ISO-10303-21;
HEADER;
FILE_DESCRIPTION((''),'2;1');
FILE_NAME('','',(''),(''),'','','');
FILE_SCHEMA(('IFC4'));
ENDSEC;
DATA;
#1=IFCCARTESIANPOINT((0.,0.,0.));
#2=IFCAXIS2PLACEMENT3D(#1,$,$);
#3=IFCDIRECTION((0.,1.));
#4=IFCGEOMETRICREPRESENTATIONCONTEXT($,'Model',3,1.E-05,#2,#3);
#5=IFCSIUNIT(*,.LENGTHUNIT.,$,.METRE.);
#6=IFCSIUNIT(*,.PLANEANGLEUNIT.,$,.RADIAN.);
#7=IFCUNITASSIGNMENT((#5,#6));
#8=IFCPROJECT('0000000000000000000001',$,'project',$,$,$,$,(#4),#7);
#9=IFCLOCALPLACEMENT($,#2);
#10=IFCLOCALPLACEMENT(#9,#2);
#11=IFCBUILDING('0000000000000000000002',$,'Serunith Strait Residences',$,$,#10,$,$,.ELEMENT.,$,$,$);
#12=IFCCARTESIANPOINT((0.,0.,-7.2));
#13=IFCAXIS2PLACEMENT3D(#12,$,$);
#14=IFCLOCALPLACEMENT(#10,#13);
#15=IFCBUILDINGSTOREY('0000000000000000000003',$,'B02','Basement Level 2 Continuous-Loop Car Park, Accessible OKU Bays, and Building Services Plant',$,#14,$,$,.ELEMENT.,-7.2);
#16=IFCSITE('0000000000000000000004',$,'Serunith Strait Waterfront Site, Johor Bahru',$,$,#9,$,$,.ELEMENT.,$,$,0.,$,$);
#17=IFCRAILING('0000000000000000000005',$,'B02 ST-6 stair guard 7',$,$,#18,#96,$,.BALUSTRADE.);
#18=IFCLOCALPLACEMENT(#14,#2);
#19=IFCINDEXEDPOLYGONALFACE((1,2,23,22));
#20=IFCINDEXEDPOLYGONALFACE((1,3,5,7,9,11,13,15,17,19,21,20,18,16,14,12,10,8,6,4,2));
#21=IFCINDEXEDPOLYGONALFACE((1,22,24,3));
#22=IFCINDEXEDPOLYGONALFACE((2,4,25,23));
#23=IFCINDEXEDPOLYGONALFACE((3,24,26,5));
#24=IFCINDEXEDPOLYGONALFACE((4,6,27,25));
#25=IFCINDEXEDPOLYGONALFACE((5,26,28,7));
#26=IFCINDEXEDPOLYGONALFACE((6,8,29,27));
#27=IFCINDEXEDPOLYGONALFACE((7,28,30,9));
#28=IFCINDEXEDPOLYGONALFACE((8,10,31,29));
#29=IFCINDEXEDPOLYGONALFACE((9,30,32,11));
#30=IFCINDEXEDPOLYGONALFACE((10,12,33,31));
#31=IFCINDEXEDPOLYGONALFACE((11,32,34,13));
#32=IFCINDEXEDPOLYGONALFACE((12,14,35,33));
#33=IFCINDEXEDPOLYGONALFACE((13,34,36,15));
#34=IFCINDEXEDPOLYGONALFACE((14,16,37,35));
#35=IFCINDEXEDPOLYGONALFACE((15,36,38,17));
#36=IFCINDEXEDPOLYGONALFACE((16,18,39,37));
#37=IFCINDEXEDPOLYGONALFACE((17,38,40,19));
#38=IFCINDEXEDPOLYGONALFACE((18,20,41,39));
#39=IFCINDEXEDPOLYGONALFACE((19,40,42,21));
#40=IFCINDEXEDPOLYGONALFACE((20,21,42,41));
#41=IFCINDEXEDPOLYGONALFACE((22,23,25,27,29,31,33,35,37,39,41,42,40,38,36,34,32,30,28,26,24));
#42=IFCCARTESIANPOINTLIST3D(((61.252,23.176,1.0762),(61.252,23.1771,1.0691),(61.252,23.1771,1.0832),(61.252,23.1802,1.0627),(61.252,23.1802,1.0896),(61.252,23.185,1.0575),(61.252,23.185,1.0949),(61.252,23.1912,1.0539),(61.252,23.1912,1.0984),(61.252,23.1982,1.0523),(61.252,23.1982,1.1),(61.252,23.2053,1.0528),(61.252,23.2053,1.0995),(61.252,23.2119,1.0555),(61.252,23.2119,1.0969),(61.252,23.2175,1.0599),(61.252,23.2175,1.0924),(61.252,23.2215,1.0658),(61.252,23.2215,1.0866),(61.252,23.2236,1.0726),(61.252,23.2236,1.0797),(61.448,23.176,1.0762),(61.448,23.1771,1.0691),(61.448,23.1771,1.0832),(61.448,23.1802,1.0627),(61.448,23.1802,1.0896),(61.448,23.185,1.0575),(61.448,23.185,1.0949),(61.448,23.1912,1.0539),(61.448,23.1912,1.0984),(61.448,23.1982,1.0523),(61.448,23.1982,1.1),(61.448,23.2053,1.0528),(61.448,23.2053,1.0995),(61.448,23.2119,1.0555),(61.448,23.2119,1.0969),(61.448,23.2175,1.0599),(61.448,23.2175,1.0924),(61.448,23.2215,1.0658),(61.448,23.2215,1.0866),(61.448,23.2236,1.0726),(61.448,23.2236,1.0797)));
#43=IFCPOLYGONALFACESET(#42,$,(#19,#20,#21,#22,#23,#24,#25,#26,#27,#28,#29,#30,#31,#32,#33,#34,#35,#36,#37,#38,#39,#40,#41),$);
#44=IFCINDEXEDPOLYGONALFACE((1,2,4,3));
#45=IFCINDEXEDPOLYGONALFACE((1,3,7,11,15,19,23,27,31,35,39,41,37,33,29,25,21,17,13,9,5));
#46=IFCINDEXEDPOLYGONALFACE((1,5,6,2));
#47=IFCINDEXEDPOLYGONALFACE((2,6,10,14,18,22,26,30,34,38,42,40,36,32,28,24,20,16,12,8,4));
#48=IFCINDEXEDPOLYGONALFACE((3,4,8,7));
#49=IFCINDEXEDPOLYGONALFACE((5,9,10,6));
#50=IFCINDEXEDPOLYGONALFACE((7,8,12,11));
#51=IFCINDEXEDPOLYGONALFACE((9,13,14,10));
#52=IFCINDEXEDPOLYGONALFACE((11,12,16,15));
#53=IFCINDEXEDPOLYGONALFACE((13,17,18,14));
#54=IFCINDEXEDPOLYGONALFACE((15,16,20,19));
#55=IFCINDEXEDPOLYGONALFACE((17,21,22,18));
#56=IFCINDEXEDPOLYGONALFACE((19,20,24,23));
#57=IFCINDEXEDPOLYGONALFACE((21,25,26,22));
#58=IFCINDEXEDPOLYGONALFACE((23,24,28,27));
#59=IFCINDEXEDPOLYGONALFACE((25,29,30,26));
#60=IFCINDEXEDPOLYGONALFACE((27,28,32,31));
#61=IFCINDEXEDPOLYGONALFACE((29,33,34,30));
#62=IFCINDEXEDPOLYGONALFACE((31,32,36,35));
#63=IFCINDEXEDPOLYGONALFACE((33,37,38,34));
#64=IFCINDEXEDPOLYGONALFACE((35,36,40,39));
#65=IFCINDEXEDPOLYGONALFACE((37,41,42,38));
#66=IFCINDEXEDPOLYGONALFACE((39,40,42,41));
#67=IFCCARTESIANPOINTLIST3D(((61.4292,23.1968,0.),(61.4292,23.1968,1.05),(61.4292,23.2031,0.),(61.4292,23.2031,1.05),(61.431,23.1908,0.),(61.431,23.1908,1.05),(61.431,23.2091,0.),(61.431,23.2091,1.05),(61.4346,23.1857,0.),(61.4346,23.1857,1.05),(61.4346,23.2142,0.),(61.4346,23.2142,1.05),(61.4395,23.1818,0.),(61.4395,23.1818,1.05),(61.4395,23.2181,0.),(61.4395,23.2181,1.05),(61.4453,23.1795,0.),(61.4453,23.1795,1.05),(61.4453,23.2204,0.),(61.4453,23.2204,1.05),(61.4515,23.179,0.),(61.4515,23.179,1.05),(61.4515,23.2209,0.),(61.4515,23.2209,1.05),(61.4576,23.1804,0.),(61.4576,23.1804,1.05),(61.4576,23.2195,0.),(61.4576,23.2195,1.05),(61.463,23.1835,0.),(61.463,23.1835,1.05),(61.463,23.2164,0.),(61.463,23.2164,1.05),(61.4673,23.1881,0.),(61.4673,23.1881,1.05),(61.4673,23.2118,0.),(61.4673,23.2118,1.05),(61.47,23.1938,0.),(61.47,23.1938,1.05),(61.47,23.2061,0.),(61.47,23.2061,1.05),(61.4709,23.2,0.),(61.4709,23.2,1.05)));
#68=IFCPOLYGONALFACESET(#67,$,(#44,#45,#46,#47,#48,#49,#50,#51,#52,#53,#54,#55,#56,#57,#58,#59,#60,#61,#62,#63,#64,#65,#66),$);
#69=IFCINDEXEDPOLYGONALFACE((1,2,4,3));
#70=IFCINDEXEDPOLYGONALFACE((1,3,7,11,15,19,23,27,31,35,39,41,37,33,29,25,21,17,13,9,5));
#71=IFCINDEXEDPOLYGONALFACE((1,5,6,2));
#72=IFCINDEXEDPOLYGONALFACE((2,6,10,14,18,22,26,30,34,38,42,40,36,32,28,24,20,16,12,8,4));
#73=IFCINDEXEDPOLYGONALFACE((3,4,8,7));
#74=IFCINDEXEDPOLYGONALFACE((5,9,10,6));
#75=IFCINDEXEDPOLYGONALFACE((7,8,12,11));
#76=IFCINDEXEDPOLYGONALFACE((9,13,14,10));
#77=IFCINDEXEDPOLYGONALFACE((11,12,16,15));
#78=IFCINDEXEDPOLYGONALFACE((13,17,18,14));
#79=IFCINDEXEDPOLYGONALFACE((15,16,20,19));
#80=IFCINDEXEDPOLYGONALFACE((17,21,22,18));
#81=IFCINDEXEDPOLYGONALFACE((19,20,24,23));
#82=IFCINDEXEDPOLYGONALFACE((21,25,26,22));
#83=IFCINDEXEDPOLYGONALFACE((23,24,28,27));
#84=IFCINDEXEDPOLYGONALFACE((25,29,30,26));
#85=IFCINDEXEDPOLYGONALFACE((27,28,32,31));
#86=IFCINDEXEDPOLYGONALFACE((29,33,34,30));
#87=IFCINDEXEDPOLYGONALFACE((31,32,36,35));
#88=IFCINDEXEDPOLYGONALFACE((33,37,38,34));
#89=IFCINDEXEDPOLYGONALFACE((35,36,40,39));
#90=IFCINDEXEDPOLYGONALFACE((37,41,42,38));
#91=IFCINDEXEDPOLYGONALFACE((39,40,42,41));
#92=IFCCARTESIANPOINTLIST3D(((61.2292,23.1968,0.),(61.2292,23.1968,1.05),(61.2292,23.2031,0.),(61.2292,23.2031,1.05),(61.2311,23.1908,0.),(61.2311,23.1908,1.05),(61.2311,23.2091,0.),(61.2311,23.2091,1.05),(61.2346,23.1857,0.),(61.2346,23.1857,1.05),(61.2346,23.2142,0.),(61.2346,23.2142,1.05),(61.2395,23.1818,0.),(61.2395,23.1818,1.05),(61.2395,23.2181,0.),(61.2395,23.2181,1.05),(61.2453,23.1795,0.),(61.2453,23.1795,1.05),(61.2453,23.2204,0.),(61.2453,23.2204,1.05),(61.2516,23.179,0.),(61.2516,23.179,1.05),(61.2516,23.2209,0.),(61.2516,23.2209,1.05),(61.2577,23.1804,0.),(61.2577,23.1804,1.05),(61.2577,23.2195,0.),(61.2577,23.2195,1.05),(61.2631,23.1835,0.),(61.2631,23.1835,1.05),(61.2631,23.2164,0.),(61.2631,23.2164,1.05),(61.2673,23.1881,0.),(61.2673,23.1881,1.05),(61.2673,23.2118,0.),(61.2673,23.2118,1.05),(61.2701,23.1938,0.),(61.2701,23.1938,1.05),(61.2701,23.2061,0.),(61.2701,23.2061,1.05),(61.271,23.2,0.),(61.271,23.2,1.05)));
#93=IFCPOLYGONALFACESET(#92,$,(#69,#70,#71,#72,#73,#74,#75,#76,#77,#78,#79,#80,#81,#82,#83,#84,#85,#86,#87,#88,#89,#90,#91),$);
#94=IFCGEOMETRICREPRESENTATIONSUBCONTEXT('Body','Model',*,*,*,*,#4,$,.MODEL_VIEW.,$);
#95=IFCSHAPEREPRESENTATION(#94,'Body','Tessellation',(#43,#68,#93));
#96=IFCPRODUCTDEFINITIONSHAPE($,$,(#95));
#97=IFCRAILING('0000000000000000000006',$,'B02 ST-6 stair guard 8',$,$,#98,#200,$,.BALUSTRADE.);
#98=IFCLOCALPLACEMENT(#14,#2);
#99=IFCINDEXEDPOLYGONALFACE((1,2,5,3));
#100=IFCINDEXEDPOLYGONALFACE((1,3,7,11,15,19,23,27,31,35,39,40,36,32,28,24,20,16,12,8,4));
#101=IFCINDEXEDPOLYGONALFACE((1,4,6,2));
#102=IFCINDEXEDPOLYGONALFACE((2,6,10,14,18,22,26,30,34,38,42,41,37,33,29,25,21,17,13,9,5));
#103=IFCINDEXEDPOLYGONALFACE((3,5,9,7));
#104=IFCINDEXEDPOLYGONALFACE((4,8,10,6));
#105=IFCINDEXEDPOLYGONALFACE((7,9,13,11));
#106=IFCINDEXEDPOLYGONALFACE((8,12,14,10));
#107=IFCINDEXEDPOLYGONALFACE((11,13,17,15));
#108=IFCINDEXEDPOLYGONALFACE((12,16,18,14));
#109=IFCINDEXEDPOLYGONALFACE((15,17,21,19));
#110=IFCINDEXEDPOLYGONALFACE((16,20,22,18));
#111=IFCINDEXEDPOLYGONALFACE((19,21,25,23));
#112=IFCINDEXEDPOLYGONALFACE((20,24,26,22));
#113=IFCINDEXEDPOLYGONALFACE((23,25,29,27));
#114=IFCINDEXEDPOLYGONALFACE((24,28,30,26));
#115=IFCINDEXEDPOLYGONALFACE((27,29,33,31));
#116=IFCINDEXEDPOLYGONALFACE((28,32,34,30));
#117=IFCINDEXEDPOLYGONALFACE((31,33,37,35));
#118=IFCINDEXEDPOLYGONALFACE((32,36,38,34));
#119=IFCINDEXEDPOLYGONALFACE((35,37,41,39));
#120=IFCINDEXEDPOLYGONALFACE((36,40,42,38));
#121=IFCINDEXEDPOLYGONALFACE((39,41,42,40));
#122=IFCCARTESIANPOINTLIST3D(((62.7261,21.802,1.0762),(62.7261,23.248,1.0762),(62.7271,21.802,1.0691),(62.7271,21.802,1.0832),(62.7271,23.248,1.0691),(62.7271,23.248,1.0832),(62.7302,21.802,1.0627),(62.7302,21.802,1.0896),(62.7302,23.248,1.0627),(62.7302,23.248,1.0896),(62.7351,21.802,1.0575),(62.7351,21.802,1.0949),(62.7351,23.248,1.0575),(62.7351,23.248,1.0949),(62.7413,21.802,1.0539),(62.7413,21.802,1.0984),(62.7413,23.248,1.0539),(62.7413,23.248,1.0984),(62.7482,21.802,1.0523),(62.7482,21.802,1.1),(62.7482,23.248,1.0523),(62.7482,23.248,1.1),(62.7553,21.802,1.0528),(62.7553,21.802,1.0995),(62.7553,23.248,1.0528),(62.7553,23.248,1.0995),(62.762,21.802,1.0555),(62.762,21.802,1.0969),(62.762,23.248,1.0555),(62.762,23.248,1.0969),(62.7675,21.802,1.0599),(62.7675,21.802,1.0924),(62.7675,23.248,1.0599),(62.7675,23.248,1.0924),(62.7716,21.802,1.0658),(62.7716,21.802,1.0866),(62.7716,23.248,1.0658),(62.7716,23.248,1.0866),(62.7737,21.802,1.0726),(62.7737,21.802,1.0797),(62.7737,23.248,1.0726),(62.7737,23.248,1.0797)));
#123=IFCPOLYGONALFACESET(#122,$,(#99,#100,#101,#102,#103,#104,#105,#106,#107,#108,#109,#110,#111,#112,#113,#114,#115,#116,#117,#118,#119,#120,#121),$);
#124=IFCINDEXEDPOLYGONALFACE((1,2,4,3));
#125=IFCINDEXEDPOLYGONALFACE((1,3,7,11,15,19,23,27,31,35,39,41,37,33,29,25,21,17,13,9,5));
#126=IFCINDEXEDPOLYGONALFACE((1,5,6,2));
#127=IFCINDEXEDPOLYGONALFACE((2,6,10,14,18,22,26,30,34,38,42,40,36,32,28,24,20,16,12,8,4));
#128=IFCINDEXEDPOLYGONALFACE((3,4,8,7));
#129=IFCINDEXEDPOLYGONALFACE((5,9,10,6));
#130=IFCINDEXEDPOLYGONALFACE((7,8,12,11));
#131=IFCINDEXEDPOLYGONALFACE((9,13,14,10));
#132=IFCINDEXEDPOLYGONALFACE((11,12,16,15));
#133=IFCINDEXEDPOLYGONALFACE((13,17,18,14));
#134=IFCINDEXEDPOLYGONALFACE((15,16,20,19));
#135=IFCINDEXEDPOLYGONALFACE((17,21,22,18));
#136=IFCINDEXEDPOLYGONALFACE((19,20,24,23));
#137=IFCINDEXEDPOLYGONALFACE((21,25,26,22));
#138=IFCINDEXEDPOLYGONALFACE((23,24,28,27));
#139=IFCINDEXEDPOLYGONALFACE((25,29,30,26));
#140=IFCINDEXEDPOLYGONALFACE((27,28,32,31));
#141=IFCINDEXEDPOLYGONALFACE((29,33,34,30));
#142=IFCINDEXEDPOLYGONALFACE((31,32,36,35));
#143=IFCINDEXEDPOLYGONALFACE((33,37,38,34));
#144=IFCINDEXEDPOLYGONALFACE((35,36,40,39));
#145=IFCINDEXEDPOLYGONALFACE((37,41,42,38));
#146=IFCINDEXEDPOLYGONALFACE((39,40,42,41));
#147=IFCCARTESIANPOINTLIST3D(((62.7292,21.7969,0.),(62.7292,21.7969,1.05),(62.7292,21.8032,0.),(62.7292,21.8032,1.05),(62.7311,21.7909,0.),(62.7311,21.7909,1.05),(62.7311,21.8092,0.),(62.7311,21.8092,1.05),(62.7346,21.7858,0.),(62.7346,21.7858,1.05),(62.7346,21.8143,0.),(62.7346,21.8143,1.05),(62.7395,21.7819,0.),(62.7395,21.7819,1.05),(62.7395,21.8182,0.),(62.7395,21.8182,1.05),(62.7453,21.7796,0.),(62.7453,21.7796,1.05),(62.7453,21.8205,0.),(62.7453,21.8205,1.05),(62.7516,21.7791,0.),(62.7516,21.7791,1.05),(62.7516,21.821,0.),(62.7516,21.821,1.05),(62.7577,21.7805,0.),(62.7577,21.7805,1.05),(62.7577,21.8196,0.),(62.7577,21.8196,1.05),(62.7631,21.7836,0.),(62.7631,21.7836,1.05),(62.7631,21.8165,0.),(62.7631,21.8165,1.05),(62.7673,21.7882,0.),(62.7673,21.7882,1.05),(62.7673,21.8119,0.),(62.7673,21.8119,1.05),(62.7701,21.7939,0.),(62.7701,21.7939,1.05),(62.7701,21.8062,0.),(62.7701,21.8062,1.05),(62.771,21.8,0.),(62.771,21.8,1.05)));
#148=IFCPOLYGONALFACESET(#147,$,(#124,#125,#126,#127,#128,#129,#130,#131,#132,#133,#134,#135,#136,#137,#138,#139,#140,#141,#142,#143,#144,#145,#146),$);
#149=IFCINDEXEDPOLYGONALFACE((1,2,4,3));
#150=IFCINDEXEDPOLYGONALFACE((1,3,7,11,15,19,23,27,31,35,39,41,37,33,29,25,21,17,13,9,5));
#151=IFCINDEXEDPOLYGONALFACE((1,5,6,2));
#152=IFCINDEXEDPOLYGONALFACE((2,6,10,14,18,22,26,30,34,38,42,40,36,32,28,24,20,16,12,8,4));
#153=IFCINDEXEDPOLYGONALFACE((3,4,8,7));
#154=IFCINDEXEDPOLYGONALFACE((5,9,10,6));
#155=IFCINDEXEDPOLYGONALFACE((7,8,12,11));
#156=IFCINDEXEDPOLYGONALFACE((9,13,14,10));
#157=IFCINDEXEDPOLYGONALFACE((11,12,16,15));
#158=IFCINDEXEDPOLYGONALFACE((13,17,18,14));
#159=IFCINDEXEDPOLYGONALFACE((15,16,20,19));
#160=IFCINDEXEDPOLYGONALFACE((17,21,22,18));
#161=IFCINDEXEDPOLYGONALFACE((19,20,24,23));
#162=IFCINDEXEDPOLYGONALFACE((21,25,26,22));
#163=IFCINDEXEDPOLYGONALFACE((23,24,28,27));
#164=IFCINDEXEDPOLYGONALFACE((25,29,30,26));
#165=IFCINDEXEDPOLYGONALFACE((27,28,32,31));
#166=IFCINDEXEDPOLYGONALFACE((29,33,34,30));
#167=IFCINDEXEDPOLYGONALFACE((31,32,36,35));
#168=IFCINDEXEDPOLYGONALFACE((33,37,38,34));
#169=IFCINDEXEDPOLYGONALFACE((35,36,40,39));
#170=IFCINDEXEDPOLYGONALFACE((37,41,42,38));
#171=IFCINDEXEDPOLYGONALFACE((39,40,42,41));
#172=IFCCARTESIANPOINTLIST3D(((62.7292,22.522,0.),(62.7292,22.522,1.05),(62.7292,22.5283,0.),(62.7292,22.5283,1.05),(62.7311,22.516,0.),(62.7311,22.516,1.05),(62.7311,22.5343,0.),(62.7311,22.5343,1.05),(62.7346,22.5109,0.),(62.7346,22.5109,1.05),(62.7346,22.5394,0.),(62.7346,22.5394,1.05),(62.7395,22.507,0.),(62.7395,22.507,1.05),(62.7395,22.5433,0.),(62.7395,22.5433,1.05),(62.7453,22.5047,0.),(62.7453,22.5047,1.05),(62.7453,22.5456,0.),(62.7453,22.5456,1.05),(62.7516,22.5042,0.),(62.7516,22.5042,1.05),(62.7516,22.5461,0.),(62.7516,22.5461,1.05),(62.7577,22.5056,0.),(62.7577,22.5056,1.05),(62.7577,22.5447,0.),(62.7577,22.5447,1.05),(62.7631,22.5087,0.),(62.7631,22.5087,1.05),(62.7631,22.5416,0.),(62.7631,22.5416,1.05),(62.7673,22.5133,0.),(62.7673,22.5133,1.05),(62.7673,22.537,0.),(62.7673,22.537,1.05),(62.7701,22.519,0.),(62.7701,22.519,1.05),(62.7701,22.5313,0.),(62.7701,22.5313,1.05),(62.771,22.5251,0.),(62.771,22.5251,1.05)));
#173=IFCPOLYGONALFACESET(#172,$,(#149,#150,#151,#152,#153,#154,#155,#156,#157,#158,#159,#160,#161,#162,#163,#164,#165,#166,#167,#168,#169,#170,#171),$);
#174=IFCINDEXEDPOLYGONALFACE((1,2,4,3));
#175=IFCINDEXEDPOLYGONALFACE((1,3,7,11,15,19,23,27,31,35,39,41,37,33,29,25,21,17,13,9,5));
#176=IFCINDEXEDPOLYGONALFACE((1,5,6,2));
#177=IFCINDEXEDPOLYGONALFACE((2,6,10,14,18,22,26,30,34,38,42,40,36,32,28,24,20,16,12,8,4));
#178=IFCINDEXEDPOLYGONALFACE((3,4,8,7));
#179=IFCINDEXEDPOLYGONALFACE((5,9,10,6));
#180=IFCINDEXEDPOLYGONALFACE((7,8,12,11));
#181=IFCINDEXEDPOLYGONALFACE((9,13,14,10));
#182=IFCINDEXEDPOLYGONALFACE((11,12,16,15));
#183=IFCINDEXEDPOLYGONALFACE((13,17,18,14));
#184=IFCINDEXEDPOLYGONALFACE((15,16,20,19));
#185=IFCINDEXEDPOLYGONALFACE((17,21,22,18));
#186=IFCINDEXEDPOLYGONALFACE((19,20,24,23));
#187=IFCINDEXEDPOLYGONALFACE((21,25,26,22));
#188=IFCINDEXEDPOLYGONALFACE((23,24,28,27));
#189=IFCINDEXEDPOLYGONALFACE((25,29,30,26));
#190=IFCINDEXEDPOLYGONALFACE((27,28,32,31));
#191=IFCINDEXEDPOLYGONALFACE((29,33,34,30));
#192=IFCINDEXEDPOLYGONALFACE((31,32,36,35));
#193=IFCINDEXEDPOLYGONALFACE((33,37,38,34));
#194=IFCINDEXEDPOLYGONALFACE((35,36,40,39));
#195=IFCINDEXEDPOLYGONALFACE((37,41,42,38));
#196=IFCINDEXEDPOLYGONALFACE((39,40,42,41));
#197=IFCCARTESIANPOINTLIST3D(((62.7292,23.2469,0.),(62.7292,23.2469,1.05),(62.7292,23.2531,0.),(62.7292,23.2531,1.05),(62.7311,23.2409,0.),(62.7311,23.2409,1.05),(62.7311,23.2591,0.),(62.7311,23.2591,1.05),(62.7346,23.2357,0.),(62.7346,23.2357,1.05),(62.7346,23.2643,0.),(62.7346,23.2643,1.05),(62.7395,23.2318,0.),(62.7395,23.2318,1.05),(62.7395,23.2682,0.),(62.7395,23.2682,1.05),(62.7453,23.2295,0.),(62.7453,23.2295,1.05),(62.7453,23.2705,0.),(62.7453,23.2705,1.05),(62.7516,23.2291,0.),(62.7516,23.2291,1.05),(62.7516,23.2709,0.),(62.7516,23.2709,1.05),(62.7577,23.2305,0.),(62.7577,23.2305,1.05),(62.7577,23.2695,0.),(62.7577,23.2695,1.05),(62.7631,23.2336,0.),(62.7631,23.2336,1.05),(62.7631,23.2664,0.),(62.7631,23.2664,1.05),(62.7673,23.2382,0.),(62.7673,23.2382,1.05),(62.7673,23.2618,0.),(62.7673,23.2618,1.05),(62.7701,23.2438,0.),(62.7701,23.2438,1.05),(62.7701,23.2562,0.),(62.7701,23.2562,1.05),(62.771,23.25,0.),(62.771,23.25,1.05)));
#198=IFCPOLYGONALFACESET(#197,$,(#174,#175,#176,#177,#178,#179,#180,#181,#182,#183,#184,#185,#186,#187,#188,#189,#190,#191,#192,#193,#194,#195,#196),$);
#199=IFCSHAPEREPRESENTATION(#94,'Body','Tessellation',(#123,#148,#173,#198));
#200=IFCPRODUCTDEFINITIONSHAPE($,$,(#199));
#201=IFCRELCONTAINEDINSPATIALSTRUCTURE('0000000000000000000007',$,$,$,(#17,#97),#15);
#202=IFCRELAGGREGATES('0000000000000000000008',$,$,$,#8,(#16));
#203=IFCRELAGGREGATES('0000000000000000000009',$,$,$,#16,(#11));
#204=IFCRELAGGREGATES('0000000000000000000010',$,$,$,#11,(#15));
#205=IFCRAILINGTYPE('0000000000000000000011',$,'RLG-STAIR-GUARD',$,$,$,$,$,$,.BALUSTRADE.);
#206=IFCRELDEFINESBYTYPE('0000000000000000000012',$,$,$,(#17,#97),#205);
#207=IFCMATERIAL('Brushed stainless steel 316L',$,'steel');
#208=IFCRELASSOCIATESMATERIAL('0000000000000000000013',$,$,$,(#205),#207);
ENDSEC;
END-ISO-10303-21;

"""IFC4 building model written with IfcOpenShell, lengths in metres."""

from ifc_helpers import new_model, si_unit, direction, frame, origin, origin_2d, place, context, subcontext, project, spatial, circle, extrude, material, type_object, element, save


model = new_model("IFC4")

# Units and contexts
model_context = context("Model", 3, precision=1e-05, world=origin(), true_north=direction((0.0, 1.0)))
body_context = subcontext(model_context, "Body", "Model", "MODEL_VIEW")
ifc_project = project(units=[si_unit("LENGTHUNIT", "METRE"), si_unit("PLANEANGLEUNIT", "RADIAN")], contexts=[model_context])

# Site, building, storey
site_placement = place(None, origin())
site = spatial("IfcSite", under=ifc_project, at=site_placement, Name="Serunith Strait Waterfront Site, Johor Bahru", CompositionType="ELEMENT", RefElevation=0.0)
building_placement = place(site_placement, origin())
building = spatial("IfcBuilding", under=site, at=building_placement, Name="Serunith Strait Residences", CompositionType="ELEMENT")
storey_placement = place(building_placement, frame((0.0, 0.0, -7.2)))
storey = spatial("IfcBuildingStorey", under=building, at=storey_placement, Name="B02", Description="Basement Level 2 Continuous-Loop Car Park, Accessible OKU Bays, and Building Services Plant", CompositionType="ELEMENT", Elevation=-7.2)

# Railings
ifc_material_1 = material(Name="Brushed stainless steel 316L", Category="steel")
railing_type_1 = type_object("IfcRailingType", Name="RLG-STAIR-GUARD", PredefinedType="BALUSTRADE", material=ifc_material_1)
railing_1_placement = place(storey_placement, frame((61.45, 23.2, 0.0)))
element("IfcRailing", 1, at=railing_1_placement, inside=storey, type_object=railing_type_1, Name="B02 ST-6 stair guard 7", PredefinedType="BALUSTRADE", context=body_context, shape_type="SweptSolid", body=[
    extrude(circle(Radius=0.0239, at=origin_2d()), frame((-0.002, 0.0, 1.0762), z_axis=(-1.0, 0.0, 0.0), x_axis=(0.0, -1.0, 0.0)), (0.0, 0.0, 1.0), 0.196),
    extrude(circle(Radius=0.021, at=origin_2d()), origin(), (0.0, 0.0, 1.0), 1.05),
    extrude(circle(Radius=0.021, at=origin_2d()), frame((-0.2, 0.0, 0.0)), (0.0, 0.0, 1.0), 1.05),
])
for number, where, name in (
    (2, (62.75, 21.8, 0.0), "B02 ST-6 stair guard 8"),
):
    element("IfcRailing", number, at=place(storey_placement, frame(where)), inside=storey, type_object=railing_type_1, Name=name, PredefinedType="BALUSTRADE", context=body_context, shape_type="SweptSolid", body=[
        extrude(circle(Radius=0.0239, at=origin_2d()), frame((0.0, 0.002, 1.0762), z_axis=(0.0, 1.0, 0.0), x_axis=(-1.0, 0.0, 0.0)), (0.0, 0.0, 1.0), 1.446),
        extrude(circle(Radius=0.021, at=origin_2d()), origin(), (0.0, 0.0, 1.0), 1.05),
        extrude(circle(Radius=0.021, at=origin_2d()), frame((0.0, 0.7251, 0.0)), (0.0, 0.0, 1.0), 1.05),
        extrude(circle(Radius=0.021, at=origin_2d()), frame((0.0, 1.45, 0.0)), (0.0, 0.0, 1.0), 1.05),
    ])

save(model, "model.ifc")
